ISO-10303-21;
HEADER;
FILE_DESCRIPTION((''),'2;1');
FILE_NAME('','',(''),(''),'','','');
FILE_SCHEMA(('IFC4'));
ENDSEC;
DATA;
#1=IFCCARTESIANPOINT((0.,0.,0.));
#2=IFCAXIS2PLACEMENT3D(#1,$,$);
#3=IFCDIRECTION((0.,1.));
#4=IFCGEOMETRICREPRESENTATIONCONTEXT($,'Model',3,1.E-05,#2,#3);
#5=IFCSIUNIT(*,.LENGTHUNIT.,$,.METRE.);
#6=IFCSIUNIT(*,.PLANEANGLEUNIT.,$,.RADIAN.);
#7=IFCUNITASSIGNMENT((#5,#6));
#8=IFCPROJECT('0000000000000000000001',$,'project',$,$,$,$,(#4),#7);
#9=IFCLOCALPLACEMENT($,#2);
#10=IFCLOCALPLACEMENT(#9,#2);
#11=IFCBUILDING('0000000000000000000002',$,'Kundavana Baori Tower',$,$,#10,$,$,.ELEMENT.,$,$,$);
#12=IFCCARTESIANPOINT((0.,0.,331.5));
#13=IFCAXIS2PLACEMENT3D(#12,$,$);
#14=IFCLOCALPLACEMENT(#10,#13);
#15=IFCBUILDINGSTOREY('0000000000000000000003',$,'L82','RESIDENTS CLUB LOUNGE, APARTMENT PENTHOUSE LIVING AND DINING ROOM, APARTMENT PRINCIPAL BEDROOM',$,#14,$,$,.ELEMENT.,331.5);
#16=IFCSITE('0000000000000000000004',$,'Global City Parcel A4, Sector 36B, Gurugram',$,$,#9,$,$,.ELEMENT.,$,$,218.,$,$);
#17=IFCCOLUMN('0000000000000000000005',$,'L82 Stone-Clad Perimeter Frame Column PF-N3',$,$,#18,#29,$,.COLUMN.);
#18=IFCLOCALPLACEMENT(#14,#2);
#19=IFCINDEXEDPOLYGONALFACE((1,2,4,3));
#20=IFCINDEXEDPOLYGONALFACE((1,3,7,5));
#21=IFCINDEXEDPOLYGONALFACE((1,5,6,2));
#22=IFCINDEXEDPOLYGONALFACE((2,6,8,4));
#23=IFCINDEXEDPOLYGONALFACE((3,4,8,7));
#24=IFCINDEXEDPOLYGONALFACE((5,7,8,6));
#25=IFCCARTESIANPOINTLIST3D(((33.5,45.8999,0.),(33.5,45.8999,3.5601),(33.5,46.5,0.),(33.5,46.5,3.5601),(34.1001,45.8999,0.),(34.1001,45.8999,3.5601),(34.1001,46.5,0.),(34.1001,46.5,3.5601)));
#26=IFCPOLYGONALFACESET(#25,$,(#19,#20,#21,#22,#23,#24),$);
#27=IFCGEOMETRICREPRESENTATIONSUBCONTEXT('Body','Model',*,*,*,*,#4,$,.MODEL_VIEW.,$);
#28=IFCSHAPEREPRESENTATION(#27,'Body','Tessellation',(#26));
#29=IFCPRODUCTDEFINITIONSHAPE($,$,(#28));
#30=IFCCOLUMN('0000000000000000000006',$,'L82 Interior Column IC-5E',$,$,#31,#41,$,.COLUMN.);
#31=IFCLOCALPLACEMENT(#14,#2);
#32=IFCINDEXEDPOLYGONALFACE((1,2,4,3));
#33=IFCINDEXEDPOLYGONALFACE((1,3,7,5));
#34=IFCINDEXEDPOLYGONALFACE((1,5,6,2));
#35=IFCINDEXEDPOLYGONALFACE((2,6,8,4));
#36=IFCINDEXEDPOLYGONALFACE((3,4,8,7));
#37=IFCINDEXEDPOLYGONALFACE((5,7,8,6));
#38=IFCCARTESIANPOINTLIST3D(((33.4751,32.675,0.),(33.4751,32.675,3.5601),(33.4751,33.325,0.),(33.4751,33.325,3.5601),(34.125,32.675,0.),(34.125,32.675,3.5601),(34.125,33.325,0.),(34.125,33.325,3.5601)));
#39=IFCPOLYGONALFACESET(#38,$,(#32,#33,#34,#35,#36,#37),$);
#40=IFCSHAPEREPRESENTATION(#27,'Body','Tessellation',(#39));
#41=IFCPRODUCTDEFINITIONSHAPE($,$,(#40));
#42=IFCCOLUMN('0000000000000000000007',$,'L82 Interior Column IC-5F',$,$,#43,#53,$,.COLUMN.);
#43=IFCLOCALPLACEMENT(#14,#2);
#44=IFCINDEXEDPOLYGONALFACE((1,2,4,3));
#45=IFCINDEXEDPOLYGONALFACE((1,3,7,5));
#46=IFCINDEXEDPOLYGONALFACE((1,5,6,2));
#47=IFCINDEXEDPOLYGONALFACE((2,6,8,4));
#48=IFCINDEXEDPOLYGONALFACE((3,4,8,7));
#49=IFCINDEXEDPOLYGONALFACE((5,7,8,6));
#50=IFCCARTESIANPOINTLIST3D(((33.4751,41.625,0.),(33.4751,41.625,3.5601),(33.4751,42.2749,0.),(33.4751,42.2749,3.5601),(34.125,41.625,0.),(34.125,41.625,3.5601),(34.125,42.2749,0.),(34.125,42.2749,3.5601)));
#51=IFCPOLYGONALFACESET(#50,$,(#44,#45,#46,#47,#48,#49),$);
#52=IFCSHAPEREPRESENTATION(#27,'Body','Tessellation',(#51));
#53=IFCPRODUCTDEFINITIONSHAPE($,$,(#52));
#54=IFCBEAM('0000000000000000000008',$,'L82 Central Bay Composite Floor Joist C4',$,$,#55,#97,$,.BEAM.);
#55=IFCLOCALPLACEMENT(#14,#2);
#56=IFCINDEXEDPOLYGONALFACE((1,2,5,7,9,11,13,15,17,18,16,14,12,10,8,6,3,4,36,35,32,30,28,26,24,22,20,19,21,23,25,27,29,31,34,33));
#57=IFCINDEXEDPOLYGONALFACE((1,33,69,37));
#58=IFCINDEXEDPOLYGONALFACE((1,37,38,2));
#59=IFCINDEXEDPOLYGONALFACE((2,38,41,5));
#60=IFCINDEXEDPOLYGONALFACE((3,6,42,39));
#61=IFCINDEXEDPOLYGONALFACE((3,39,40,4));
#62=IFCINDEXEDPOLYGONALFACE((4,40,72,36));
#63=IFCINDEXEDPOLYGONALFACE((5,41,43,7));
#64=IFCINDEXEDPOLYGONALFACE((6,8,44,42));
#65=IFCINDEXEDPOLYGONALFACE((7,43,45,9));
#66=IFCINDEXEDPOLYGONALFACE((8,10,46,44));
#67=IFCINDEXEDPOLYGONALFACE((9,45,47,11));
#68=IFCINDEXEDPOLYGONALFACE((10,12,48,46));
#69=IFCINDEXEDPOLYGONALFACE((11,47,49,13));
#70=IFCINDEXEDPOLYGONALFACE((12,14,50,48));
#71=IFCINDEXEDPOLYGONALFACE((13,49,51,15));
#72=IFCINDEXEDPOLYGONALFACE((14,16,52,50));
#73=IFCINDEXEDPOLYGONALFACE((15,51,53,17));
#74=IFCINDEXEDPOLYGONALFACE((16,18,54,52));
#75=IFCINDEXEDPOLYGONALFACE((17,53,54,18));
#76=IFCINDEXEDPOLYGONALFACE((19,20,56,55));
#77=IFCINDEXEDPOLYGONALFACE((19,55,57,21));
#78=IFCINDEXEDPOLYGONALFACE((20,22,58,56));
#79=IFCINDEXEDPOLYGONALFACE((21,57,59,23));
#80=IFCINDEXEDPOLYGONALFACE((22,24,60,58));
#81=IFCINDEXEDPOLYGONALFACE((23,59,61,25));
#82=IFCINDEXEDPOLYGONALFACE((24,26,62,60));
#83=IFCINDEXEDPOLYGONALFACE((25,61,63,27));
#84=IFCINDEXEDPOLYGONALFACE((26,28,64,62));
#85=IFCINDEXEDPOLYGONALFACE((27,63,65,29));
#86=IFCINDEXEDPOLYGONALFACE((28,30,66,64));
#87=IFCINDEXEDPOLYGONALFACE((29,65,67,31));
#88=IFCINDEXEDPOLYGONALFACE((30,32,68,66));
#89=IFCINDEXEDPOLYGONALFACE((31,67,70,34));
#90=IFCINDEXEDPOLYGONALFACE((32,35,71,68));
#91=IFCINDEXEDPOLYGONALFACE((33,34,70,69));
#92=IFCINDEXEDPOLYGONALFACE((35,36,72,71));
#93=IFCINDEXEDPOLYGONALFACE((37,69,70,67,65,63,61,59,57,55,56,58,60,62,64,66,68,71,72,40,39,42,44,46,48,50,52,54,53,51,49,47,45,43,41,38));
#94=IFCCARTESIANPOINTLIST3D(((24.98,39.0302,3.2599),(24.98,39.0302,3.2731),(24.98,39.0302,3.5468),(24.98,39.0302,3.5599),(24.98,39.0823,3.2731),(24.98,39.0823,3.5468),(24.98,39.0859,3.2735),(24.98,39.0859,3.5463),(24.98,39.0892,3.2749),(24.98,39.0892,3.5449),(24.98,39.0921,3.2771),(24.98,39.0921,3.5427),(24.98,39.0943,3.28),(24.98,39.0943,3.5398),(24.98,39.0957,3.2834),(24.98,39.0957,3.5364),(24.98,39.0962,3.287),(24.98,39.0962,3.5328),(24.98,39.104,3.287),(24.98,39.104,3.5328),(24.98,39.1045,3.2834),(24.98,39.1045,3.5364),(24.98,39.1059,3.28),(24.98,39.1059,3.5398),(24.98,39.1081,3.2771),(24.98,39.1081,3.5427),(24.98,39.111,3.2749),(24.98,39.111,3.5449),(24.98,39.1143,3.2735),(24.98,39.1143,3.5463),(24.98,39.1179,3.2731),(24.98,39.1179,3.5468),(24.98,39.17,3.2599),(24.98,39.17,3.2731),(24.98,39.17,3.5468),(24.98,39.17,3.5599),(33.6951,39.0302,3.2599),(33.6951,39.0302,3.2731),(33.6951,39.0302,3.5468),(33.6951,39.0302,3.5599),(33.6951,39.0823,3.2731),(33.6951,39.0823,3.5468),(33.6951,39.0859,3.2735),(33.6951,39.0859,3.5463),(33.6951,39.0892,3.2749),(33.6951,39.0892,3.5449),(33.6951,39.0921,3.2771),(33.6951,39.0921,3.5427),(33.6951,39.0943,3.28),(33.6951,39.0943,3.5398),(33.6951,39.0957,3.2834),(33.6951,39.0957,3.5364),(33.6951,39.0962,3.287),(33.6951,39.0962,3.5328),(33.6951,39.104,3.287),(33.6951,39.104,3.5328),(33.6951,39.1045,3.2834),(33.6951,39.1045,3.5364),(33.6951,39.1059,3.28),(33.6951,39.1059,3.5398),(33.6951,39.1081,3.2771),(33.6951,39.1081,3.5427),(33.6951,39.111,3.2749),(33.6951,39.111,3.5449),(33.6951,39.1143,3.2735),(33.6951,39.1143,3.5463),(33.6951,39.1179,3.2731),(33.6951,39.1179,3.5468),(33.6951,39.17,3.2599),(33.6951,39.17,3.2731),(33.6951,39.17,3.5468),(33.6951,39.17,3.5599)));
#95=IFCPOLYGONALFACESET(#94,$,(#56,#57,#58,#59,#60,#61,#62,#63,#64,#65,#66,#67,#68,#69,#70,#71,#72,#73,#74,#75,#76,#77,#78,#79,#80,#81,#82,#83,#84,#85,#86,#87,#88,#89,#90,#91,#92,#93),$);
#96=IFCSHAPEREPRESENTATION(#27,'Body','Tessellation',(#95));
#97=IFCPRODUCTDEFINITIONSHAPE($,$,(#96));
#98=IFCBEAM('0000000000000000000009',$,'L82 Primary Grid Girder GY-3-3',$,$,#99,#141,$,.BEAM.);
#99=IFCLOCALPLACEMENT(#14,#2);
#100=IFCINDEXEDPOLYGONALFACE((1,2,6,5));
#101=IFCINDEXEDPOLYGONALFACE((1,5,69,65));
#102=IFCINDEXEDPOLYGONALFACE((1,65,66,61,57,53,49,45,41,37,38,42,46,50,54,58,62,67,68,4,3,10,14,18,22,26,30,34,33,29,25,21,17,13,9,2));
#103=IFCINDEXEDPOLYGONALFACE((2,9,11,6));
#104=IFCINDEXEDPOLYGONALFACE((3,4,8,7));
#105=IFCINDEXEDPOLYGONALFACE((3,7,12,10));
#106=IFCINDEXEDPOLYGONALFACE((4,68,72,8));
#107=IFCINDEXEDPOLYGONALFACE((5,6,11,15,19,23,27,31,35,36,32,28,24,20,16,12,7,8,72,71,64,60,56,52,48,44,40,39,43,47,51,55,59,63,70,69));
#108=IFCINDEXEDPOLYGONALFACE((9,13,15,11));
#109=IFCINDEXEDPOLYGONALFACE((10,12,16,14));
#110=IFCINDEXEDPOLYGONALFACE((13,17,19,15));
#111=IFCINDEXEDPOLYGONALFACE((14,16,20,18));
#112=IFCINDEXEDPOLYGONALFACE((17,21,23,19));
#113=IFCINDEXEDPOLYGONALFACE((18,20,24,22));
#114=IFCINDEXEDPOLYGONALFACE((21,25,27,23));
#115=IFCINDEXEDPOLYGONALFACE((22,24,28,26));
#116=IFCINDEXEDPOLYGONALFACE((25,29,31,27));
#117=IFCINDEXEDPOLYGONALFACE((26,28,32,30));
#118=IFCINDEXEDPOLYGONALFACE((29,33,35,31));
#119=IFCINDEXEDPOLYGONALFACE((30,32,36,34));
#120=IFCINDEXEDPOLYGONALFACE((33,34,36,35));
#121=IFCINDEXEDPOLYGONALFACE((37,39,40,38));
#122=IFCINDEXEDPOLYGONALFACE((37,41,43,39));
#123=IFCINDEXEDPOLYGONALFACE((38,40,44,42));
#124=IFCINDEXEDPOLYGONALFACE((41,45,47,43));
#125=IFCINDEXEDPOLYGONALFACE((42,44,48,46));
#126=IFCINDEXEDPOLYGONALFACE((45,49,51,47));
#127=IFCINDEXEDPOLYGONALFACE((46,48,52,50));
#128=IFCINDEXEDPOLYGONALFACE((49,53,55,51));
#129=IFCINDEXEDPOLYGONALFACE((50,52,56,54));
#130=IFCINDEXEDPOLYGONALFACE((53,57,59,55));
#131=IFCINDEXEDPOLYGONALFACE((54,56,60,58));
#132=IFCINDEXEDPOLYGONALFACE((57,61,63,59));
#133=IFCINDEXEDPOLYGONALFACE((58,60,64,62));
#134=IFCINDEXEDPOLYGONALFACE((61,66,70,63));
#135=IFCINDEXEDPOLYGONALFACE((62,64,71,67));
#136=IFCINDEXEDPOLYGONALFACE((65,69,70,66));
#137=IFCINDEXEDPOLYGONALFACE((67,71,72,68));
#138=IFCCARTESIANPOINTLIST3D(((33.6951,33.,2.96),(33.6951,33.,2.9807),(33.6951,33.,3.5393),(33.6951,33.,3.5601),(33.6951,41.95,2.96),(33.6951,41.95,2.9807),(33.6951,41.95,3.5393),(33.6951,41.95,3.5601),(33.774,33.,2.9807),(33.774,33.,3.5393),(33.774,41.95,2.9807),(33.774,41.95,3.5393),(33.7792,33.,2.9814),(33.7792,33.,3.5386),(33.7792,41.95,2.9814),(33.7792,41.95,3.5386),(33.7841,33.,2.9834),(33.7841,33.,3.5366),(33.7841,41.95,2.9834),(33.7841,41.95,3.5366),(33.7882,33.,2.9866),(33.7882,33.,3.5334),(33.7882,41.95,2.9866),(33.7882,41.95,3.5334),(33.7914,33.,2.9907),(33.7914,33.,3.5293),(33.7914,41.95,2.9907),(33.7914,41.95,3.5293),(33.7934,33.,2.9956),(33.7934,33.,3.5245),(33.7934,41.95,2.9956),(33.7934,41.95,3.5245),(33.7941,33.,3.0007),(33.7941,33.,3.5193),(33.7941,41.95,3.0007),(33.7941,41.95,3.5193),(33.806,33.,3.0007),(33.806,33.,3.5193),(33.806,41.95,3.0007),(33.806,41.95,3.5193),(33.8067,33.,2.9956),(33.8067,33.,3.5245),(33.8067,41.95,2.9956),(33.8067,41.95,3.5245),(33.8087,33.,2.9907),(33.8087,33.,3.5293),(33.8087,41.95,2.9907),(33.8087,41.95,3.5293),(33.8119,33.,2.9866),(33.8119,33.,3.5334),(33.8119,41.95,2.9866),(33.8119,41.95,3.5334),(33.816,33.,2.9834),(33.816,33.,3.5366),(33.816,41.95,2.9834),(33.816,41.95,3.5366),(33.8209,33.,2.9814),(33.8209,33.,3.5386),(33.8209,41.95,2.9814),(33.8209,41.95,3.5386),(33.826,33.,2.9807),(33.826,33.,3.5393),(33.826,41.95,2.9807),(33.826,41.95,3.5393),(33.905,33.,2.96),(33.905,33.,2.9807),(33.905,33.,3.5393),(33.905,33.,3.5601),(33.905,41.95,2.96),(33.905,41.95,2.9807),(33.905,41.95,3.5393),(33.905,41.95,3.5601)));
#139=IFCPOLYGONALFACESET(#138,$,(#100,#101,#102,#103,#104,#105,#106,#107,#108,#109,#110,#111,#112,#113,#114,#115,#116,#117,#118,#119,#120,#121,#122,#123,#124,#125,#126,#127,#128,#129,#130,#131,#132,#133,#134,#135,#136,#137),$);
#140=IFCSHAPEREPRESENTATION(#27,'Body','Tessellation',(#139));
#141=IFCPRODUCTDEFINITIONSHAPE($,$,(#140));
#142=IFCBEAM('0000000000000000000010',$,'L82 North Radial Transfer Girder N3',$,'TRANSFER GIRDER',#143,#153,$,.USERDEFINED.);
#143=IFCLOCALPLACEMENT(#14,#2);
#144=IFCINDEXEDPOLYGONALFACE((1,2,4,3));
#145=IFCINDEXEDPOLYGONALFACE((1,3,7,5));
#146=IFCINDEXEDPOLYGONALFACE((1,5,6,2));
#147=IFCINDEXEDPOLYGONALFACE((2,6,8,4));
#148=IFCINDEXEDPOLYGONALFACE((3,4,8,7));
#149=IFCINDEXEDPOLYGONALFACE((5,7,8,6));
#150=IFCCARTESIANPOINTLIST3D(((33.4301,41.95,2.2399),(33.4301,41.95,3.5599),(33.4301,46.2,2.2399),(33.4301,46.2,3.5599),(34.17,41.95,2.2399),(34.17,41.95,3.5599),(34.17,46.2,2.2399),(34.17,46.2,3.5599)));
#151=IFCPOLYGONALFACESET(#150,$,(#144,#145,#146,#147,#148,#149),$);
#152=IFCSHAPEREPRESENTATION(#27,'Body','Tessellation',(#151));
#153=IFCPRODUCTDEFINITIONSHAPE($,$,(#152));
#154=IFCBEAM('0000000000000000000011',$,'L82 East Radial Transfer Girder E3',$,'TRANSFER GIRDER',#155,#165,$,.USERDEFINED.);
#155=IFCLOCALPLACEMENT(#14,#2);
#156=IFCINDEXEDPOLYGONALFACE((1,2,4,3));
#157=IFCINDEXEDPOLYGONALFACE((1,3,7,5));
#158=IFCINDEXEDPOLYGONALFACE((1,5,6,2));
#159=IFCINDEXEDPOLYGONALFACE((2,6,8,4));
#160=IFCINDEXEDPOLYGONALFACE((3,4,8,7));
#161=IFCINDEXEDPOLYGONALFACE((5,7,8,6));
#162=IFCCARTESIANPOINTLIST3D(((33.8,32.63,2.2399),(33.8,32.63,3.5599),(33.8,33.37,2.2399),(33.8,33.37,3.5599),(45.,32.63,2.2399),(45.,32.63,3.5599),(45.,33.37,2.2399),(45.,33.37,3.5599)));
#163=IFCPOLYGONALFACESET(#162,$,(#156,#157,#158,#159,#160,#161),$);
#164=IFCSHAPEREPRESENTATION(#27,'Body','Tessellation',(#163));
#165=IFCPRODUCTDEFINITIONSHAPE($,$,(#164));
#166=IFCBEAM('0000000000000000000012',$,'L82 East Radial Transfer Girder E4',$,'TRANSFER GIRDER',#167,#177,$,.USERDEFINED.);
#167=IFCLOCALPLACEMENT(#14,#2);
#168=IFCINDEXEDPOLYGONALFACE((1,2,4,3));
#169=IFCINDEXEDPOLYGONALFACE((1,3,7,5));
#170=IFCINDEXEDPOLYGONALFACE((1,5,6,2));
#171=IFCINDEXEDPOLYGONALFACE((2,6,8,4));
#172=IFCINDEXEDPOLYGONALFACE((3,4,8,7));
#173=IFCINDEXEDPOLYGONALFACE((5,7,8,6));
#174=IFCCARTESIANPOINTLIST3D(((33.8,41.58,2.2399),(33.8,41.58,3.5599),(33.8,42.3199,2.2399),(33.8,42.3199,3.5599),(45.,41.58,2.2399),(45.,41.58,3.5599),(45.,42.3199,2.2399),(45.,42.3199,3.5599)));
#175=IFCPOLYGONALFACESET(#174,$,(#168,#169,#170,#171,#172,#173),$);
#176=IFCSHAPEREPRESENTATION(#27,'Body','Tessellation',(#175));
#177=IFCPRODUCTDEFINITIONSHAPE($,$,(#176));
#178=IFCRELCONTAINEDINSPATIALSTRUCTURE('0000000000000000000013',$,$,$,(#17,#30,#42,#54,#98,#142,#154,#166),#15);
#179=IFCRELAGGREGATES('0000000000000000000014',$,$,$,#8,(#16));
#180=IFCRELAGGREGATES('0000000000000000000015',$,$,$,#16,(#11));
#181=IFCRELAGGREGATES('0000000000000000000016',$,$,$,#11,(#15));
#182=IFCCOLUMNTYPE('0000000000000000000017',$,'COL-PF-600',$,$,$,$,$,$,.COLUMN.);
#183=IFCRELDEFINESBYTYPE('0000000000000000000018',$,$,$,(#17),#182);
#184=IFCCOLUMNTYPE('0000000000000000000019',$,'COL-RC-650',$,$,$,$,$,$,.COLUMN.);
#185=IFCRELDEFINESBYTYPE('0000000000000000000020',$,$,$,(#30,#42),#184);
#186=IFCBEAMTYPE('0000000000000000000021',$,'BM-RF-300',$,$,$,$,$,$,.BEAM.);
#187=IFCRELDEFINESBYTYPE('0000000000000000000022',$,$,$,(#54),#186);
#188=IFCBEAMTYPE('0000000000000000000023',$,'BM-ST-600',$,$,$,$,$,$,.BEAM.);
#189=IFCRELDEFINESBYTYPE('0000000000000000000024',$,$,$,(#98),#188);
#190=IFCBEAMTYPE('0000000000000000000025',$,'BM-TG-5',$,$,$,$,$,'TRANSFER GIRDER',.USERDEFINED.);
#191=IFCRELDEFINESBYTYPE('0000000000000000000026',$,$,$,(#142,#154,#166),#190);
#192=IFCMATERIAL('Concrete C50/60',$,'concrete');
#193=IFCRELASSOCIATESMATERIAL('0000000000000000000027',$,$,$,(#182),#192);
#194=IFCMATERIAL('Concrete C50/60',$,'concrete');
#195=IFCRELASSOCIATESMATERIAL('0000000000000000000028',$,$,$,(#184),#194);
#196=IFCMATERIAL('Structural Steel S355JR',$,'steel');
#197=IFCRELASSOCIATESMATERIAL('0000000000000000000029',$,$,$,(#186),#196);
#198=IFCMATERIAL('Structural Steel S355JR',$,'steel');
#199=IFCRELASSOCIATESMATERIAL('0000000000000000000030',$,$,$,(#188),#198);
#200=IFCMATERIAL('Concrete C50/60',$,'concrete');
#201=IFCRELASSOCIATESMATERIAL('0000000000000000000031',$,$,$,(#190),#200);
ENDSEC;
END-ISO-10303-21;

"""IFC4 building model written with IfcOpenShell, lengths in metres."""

from ifc_helpers import new_model, si_unit, direction, frame, origin, origin_2d, place, context, subcontext, project, spatial, rectangle, i_section, extrude, material, material_profile, profile_set, type_object, element, save


model = new_model("IFC4")

# Units and contexts
model_context = context("Model", 3, precision=1e-05, world=origin(), true_north=direction((0.0, 1.0)))
body_context = subcontext(model_context, "Body", "Model", "MODEL_VIEW")
ifc_project = project(units=[si_unit("LENGTHUNIT", "METRE"), si_unit("PLANEANGLEUNIT", "RADIAN")], contexts=[model_context])

# Site, building, storey
site_placement = place(None, origin())
site = spatial("IfcSite", under=ifc_project, at=site_placement, Name="Global City Parcel A4, Sector 36B, Gurugram", CompositionType="ELEMENT", RefElevation=218.0)
building_placement = place(site_placement, origin())
building = spatial("IfcBuilding", under=site, at=building_placement, Name="Kundavana Baori Tower", CompositionType="ELEMENT")
storey_placement = place(building_placement, frame((0.0, 0.0, 331.5)))
storey = spatial("IfcBuildingStorey", under=building, at=storey_placement, Name="L82", Description="RESIDENTS CLUB LOUNGE, APARTMENT PENTHOUSE LIVING AND DINING ROOM, APARTMENT PRINCIPAL BEDROOM", CompositionType="ELEMENT", Elevation=331.5)

# Columns
ifc_material_1 = material(Name="Concrete C50/60", Category="concrete")
ifc_material_profile_1 = material_profile(ifc_material_1, rectangle(XDim=0.6001, YDim=0.6001, at=origin_2d()), Name="RC PF 600x600")
ifc_profile_set_1 = profile_set([ifc_material_profile_1], Name="Concrete C50/60")
column_type_1 = type_object("IfcColumnType", Name="COL-PF-600", PredefinedType="COLUMN", material=ifc_profile_set_1)
column_placement = place(storey_placement, frame((33.8, 46.2, 0.0), z_axis=(0.0, 0.0, 1.0), x_axis=(1.0, 0.0, 0.0)))
element("IfcColumn", 1, at=column_placement, inside=storey, type_object=column_type_1, Name="L82 Stone-Clad Perimeter Frame Column PF-N3", PredefinedType="COLUMN", context=body_context, shape_type="SweptSolid", body=[
    extrude(rectangle(XDim=0.6001, YDim=0.6001, at=origin_2d()), origin(), (0.0, 0.0, 1.0), 3.5601),
])
ifc_material_2 = material(Name="Concrete C50/60", Category="concrete")
ifc_material_profile_2 = material_profile(ifc_material_2, rectangle(XDim=0.6499, YDim=0.6499, at=origin_2d()), Name="RC 650x650")
ifc_profile_set_2 = profile_set([ifc_material_profile_2], Name="Concrete C50/60")
column_type_2 = type_object("IfcColumnType", Name="COL-RC-650", PredefinedType="COLUMN", material=ifc_profile_set_2)
for number, where, z_axis, x_axis, name in (
    (2, (33.8, 33.0, 0.0), (0.0, 0.0, 1.0), (1.0, 0.0, 0.0), "L82 Interior Column IC-5E"),
    (3, (33.8, 41.95, 0.0), (0.0, 0.0, 1.0), (1.0, 0.0, 0.0), "L82 Interior Column IC-5F"),
):
    element("IfcColumn", number, at=place(storey_placement, frame(where, z_axis=z_axis, x_axis=x_axis)), inside=storey, type_object=column_type_2, Name=name, PredefinedType="COLUMN", context=body_context, shape_type="SweptSolid", body=[
        extrude(rectangle(XDim=0.6499, YDim=0.6499, at=origin_2d()), origin(), (0.0, 0.0, 1.0), 3.5601),
    ])

# Beams
ifc_material_3 = material(Name="Structural Steel S355JR", Category="steel")
ifc_material_profile_3 = material_profile(ifc_material_3, i_section(OverallWidth=0.1399, OverallDepth=0.3, WebThickness=0.0078, FlangeThickness=0.0132, FilletRadius=0.0139, at=origin_2d()), Name="ISMB 300")
ifc_profile_set_3 = profile_set([ifc_material_profile_3], Name="Structural Steel S355JR")
beam_type_1 = type_object("IfcBeamType", Name="BM-RF-300", PredefinedType="BEAM", material=ifc_profile_set_3)
beam_1_placement = place(storey_placement, frame((24.98, 39.1001, 3.4099), z_axis=(1.0, 0.0, 0.0), x_axis=(0.0, 1.0, 0.0)))
element("IfcBeam", 4, at=beam_1_placement, inside=storey, type_object=beam_type_1, Name="L82 Central Bay Composite Floor Joist C4", PredefinedType="BEAM", context=body_context, shape_type="SweptSolid", body=[
    extrude(i_section(OverallWidth=0.1399, OverallDepth=0.3, WebThickness=0.0078, FlangeThickness=0.0132, FilletRadius=0.0139, at=origin_2d()), origin(), (0.0, 0.0, 1.0), 8.7151),
])
ifc_material_4 = material(Name="Structural Steel S355JR", Category="steel")
ifc_material_profile_4 = material_profile(ifc_material_4, i_section(OverallWidth=0.21, OverallDepth=0.6001, WebThickness=0.012, FlangeThickness=0.0208, FilletRadius=0.02, at=origin_2d()), Name="ISMB 600")
ifc_profile_set_4 = profile_set([ifc_material_profile_4], Name="Structural Steel S355JR")
beam_type_2 = type_object("IfcBeamType", Name="BM-ST-600", PredefinedType="BEAM", material=ifc_profile_set_4)
beam_2_placement = place(storey_placement, frame((33.8, 33.0, 3.26), z_axis=(0.0, 1.0, 0.0), x_axis=(-1.0, 0.0, 0.0)))
element("IfcBeam", 5, at=beam_2_placement, inside=storey, type_object=beam_type_2, Name="L82 Primary Grid Girder GY-3-3", PredefinedType="BEAM", context=body_context, shape_type="SweptSolid", body=[
    extrude(i_section(OverallWidth=0.21, OverallDepth=0.6001, WebThickness=0.012, FlangeThickness=0.0208, FilletRadius=0.02, at=origin_2d()), origin(), (0.0, 0.0, 1.0), 8.95),
])
ifc_material_5 = material(Name="Concrete C50/60", Category="concrete")
ifc_material_profile_5 = material_profile(ifc_material_5, rectangle(XDim=0.74, YDim=1.3201, at=origin_2d()), Name="BM-TG-5")
ifc_profile_set_5 = profile_set([ifc_material_profile_5], Name="Concrete C50/60")
beam_type_3 = type_object("IfcBeamType", Name="BM-TG-5", ElementType="TRANSFER GIRDER", PredefinedType="USERDEFINED", material=ifc_profile_set_5)
beam_3_placement = place(storey_placement, frame((33.8, 41.95, 2.8999), z_axis=(0.0, 1.0, 0.0), x_axis=(-1.0, 0.0, 0.0)))
element("IfcBeam", 6, at=beam_3_placement, inside=storey, type_object=beam_type_3, Name="L82 North Radial Transfer Girder N3", ObjectType="TRANSFER GIRDER", PredefinedType="USERDEFINED", context=body_context, shape_type="SweptSolid", body=[
    extrude(rectangle(XDim=0.74, YDim=1.3201, at=origin_2d()), origin(), (0.0, 0.0, 1.0), 4.25),
])
for number, where, z_axis, x_axis, name in (
    (7, (33.8, 33.0, 2.8999), (1.0, 0.0, 0.0), (0.0, 1.0, 0.0), "L82 East Radial Transfer Girder E3"),
    (8, (33.8, 41.95, 2.8999), (1.0, 0.0, 0.0), (0.0, 1.0, 0.0), "L82 East Radial Transfer Girder E4"),
):
    element("IfcBeam", number, at=place(storey_placement, frame(where, z_axis=z_axis, x_axis=x_axis)), inside=storey, type_object=beam_type_3, Name=name, ObjectType="TRANSFER GIRDER", PredefinedType="USERDEFINED", context=body_context, shape_type="SweptSolid", body=[
        extrude(rectangle(XDim=0.74, YDim=1.3201, at=origin_2d()), origin(), (0.0, 0.0, 1.0), 11.2),
    ])

save(model, "model.ifc")
